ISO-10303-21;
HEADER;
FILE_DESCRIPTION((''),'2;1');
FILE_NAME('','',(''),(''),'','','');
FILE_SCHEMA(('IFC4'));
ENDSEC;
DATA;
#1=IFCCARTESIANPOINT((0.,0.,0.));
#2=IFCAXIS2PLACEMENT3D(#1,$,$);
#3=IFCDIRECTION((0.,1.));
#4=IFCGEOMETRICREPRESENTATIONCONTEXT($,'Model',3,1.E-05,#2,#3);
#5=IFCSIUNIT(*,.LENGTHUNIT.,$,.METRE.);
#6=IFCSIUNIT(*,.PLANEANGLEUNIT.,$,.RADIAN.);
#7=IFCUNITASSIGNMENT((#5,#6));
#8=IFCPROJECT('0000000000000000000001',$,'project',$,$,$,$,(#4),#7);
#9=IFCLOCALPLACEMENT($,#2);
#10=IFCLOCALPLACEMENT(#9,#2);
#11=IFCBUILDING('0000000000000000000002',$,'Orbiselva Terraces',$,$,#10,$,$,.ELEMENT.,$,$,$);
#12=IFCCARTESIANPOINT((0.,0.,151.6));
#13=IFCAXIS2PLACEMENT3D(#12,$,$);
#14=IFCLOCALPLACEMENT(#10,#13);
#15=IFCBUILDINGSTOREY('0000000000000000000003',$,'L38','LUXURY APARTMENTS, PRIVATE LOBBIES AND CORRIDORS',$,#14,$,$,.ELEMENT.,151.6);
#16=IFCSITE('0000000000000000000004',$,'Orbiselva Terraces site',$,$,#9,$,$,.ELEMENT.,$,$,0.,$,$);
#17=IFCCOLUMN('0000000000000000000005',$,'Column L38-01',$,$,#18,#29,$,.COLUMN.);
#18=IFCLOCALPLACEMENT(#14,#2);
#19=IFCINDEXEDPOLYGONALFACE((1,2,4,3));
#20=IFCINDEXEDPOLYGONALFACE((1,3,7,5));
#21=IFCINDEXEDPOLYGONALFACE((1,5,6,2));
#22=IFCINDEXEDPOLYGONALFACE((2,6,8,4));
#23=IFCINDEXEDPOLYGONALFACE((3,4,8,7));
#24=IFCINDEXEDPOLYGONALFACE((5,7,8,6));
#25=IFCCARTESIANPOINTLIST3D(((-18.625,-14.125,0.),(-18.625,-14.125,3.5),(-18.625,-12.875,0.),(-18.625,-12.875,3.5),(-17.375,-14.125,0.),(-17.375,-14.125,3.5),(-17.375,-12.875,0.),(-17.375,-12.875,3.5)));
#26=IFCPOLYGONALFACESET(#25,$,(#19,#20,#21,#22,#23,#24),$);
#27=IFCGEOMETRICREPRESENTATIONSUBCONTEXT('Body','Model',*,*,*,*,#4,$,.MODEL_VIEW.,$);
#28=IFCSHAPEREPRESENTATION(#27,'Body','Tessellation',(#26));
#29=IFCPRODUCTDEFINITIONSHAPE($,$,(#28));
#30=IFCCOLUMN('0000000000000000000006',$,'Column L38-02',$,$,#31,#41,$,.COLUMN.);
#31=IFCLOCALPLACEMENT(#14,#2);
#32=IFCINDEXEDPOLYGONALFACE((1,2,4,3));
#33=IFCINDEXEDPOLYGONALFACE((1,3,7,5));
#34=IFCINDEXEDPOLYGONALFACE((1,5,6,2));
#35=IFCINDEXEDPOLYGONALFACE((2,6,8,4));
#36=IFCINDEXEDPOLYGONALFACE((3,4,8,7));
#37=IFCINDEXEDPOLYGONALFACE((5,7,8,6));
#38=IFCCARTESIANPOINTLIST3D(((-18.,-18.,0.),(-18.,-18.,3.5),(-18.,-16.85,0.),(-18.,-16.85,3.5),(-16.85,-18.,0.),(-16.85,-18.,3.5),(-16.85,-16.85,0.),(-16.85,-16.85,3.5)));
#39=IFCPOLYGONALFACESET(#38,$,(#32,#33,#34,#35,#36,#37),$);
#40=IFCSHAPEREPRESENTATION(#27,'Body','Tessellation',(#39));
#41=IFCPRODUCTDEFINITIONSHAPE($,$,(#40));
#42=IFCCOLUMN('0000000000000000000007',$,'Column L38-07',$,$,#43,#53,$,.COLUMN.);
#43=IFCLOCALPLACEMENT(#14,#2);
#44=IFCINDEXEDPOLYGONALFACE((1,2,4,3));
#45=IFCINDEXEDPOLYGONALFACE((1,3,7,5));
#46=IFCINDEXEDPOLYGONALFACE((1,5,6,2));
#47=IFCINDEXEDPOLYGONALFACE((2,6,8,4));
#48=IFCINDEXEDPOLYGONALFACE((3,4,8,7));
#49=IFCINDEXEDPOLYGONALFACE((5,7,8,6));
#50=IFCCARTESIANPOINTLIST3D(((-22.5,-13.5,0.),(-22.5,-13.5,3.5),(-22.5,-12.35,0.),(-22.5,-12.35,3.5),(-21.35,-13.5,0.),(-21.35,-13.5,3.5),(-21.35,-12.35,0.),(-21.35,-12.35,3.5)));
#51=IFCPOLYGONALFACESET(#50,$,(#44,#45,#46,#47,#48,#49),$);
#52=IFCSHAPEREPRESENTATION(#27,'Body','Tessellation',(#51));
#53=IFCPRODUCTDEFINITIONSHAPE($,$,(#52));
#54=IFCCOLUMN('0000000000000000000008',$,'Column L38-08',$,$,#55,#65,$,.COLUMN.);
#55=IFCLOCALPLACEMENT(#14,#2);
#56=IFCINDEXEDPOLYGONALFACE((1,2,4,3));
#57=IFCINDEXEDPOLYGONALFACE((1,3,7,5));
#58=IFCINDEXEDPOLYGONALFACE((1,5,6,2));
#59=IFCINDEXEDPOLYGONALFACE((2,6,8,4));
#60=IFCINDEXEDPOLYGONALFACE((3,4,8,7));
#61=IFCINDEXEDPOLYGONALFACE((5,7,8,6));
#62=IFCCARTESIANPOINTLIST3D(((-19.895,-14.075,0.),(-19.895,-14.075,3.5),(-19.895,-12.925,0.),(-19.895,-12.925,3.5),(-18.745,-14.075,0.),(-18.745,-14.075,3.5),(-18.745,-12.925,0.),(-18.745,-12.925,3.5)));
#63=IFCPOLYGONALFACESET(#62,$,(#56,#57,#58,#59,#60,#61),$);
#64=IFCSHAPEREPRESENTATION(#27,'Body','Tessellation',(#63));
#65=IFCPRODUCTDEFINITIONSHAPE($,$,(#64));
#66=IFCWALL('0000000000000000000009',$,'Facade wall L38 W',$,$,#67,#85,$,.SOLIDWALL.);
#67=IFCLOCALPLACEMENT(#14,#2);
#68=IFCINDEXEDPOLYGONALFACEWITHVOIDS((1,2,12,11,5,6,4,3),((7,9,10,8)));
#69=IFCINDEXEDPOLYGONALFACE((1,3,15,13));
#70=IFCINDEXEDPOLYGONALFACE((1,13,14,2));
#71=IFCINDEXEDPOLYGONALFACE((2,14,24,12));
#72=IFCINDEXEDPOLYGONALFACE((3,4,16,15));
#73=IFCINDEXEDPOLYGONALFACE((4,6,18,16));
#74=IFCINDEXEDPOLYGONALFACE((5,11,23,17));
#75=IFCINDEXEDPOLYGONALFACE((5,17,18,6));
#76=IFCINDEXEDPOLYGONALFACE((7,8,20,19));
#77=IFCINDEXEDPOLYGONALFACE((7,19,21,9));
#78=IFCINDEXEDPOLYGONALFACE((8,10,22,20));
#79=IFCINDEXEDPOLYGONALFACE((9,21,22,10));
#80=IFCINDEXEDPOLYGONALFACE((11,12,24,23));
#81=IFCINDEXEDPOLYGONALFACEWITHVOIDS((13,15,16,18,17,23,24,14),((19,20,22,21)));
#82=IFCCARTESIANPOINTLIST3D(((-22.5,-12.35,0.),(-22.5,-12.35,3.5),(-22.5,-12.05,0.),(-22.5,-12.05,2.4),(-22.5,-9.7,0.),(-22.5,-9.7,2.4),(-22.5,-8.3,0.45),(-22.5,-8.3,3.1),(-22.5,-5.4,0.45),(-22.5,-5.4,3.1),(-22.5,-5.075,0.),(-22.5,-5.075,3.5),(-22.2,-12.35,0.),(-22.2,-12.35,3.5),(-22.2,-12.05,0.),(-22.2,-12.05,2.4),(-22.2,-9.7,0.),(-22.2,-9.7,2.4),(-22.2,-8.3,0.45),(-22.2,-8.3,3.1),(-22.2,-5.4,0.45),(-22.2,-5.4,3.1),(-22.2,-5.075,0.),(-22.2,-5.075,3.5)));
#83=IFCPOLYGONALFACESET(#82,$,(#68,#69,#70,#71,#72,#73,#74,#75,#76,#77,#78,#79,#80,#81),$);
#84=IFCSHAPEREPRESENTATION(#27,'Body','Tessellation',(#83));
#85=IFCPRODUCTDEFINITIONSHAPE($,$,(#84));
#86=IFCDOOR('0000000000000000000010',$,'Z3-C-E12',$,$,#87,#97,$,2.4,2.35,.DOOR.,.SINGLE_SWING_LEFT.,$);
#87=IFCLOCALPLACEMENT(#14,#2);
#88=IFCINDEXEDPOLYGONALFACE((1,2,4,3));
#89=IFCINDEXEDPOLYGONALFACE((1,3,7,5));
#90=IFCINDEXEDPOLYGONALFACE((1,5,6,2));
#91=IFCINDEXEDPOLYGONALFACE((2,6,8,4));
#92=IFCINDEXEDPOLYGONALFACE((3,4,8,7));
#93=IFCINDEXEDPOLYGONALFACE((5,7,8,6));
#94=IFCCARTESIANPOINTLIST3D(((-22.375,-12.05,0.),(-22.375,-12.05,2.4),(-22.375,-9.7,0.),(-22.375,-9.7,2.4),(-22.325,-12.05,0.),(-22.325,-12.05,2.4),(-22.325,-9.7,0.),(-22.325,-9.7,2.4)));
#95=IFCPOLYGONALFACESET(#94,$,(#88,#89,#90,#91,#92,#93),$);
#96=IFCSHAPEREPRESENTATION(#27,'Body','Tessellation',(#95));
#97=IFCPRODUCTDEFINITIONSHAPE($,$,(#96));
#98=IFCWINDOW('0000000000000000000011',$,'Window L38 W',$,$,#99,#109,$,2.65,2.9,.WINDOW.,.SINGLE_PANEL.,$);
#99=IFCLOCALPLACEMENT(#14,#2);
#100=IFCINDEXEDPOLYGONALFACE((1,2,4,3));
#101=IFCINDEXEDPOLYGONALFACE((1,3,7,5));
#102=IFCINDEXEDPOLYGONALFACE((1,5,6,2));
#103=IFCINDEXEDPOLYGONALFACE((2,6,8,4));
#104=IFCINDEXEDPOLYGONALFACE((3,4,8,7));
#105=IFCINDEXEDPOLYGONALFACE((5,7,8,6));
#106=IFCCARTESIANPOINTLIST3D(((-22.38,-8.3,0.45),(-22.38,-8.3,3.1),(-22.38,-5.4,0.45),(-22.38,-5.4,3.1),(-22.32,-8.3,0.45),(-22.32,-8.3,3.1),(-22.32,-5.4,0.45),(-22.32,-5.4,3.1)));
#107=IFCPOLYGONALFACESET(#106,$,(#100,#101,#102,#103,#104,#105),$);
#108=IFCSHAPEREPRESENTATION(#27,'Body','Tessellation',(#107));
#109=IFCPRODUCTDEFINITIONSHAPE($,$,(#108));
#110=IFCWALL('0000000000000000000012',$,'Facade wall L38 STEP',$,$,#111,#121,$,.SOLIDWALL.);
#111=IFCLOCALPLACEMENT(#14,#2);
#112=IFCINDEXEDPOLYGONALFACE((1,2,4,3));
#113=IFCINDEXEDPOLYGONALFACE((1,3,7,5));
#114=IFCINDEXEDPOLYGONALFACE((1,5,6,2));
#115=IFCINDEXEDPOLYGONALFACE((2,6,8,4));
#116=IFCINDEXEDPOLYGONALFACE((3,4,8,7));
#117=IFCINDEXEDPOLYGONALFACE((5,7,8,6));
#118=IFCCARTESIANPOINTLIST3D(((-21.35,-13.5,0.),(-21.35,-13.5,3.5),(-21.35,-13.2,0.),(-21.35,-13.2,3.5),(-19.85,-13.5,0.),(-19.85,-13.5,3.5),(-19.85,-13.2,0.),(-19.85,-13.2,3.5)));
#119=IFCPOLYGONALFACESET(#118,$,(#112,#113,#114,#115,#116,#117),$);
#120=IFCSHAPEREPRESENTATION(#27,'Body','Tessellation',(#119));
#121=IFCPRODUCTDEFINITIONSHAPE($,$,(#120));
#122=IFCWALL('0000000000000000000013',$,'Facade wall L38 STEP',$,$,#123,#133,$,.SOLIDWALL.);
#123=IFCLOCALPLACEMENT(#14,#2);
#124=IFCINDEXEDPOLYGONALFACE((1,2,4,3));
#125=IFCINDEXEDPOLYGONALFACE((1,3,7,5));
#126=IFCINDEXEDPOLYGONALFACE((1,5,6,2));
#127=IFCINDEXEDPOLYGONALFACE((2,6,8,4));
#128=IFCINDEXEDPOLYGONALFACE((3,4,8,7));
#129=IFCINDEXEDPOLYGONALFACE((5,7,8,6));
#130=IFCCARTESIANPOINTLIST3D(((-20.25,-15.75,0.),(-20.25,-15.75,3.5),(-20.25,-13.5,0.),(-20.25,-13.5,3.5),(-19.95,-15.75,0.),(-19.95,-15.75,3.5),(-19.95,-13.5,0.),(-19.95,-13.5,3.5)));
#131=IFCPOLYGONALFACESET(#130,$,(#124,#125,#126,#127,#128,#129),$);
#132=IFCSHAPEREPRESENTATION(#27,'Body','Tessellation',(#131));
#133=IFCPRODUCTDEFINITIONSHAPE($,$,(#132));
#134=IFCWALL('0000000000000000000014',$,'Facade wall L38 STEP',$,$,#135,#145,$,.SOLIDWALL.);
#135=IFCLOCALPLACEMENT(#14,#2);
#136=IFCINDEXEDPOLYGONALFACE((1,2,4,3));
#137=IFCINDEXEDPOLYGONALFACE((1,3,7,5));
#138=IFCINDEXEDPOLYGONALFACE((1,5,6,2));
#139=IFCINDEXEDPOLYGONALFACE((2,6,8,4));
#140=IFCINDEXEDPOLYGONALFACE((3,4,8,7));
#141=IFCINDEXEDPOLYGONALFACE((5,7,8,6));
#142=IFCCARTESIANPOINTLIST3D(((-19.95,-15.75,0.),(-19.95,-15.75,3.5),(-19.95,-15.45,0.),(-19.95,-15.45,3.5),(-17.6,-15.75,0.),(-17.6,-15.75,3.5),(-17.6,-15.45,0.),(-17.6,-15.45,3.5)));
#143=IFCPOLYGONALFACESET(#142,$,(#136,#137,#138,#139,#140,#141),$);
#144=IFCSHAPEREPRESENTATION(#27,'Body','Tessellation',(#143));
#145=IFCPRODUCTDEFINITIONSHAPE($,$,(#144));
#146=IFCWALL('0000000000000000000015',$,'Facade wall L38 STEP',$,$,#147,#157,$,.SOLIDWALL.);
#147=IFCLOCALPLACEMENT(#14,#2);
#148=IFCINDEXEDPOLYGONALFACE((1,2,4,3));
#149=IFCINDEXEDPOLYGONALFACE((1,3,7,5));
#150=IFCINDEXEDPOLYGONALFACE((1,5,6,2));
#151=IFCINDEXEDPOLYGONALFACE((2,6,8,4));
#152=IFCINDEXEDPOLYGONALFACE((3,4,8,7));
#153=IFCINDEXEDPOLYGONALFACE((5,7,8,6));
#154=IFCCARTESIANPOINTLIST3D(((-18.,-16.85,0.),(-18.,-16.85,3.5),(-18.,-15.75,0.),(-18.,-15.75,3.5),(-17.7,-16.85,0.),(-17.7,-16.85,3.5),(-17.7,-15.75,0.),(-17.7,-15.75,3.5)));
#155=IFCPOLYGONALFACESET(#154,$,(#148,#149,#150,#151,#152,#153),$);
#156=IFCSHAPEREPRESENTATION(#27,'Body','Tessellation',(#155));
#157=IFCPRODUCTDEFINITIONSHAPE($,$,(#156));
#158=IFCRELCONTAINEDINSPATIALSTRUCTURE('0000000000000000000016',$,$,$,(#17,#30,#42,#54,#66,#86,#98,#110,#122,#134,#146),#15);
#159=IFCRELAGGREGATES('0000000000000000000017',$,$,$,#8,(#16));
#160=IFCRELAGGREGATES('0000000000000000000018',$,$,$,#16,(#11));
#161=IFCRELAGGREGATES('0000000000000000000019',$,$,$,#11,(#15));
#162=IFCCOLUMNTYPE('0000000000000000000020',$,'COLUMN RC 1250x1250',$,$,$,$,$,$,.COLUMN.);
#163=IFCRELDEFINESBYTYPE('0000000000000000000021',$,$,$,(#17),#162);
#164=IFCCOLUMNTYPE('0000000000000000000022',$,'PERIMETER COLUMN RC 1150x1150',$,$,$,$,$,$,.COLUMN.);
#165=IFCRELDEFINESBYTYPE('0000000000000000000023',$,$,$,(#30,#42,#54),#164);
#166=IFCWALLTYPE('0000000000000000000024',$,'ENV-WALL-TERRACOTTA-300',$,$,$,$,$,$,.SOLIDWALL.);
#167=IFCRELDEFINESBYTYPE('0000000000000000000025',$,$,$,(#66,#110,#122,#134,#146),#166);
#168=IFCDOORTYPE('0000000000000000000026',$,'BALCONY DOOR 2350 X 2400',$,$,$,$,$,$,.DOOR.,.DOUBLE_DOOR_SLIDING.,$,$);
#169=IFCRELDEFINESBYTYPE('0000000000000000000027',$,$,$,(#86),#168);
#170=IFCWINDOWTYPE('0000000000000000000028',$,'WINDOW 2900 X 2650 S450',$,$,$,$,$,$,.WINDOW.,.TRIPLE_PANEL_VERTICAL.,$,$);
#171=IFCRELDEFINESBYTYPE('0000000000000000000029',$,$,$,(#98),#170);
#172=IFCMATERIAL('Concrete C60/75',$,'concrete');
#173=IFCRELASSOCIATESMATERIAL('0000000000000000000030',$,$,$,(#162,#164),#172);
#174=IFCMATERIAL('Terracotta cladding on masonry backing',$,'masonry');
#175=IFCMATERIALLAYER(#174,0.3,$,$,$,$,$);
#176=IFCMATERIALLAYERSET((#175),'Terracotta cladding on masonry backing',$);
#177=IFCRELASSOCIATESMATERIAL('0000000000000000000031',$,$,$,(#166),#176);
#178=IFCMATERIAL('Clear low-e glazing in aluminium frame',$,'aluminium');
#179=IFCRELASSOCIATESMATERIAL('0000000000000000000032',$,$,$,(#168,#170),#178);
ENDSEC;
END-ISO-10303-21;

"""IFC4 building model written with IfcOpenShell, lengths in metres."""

from ifc_helpers import new_model, si_unit, direction, frame, frame_2d, origin, origin_2d, place, context, subcontext, project, spatial, rectangle, extrude, material, layer, layer_set, material_profile, profile_set, type_object, element, fill, save


model = new_model("IFC4")

# Units and contexts
model_context = context("Model", 3, precision=1e-05, world=origin(), true_north=direction((0.0, 1.0)))
body_context = subcontext(model_context, "Body", "Model", "MODEL_VIEW")
ifc_project = project(units=[si_unit("LENGTHUNIT", "METRE"), si_unit("PLANEANGLEUNIT", "RADIAN")], contexts=[model_context])

# Site, building, storey
site_placement = place(None, origin())
site = spatial("IfcSite", under=ifc_project, at=site_placement, Name="Orbiselva Terraces site", CompositionType="ELEMENT", RefElevation=0.0)
building_placement = place(site_placement, origin())
building = spatial("IfcBuilding", under=site, at=building_placement, Name="Orbiselva Terraces", CompositionType="ELEMENT")
storey_placement = place(building_placement, frame((0.0, 0.0, 151.6)))
storey = spatial("IfcBuildingStorey", under=building, at=storey_placement, Name="L38", Description="LUXURY APARTMENTS, PRIVATE LOBBIES AND CORRIDORS", CompositionType="ELEMENT", Elevation=151.6)

# Columns
ifc_material_1 = material(Name="Concrete C60/75", Category="concrete")
ifc_material_profile_1 = material_profile(ifc_material_1, rectangle(XDim=1.25, YDim=1.25, at=origin_2d()), Name="RC 1250x1250")
ifc_profile_set_1 = profile_set([ifc_material_profile_1], Name="Concrete C60/75")
column_type_1 = type_object("IfcColumnType", Name="COLUMN RC 1250x1250", PredefinedType="COLUMN", material=ifc_profile_set_1)
column_placement = place(storey_placement, frame((-18.0, -13.5, 0.0), z_axis=(0.0, 0.0, 1.0), x_axis=(1.0, 0.0, 0.0)))
element("IfcColumn", 1, at=column_placement, inside=storey, type_object=column_type_1, Name="Column L38-01", PredefinedType="COLUMN", context=body_context, shape_type="SweptSolid", body=[
    extrude(rectangle(XDim=1.25, YDim=1.25, at=origin_2d()), origin(), (0.0, 0.0, 1.0), 3.5),
])
ifc_material_profile_2 = material_profile(ifc_material_1, rectangle(XDim=1.15, YDim=1.15, at=origin_2d()), Name="RC 1150x1150")
ifc_profile_set_2 = profile_set([ifc_material_profile_2], Name="Concrete C60/75")
column_type_2 = type_object("IfcColumnType", Name="PERIMETER COLUMN RC 1150x1150", PredefinedType="COLUMN", material=ifc_profile_set_2)
for number, where, z_axis, x_axis, name in (
    (2, (-17.425, -17.425, 0.0), (0.0, 0.0, 1.0), (1.0, 0.0, 0.0), "Column L38-02"),
    (3, (-21.925, -12.925, 0.0), (0.0, 0.0, 1.0), (1.0, 0.0, 0.0), "Column L38-07"),
    (4, (-19.32, -13.5, 0.0), (0.0, 0.0, 1.0), (1.0, 0.0, 0.0), "Column L38-08"),
):
    element("IfcColumn", number, at=place(storey_placement, frame(where, z_axis=z_axis, x_axis=x_axis)), inside=storey, type_object=column_type_2, Name=name, PredefinedType="COLUMN", context=body_context, shape_type="SweptSolid", body=[
        extrude(rectangle(XDim=1.15, YDim=1.15, at=origin_2d()), origin(), (0.0, 0.0, 1.0), 3.5),
    ])

# Wall, openings, door, window
ifc_material_2 = material(Name="Terracotta cladding on masonry backing", Category="masonry")
ifc_layer_1 = layer(ifc_material_2, 0.3)
ifc_layer_set_1 = layer_set([ifc_layer_1], Name="Terracotta cladding on masonry backing")
wall_type_1 = type_object("IfcWallType", Name="ENV-WALL-TERRACOTTA-300", PredefinedType="SOLIDWALL", material=ifc_layer_set_1)
wall_1_placement = place(storey_placement, frame((-22.35, -12.35, 0.0), z_axis=(0.0, 0.0, 1.0), x_axis=(0.0, 1.0, 0.0)))
wall_1 = element("IfcWall", 5, at=wall_1_placement, inside=storey, type_object=wall_type_1, Name="Facade wall L38 W", PredefinedType="SOLIDWALL", context=body_context, shape_type="SweptSolid", body=[
    extrude(rectangle(XDim=7.275, YDim=0.3, at=frame_2d((3.6375, 0.0))), origin(), (0.0, 0.0, 1.0), 3.5),
])
opening_1_placement = place(wall_1_placement, frame((4.05, 0.0, 0.45)))
opening_1 = element("IfcOpeningElement", 6, at=opening_1_placement, cuts=wall_1, PredefinedType="OPENING", context=body_context, shape_type="SweptSolid", body=[
    extrude(rectangle(XDim=2.9, YDim=2.65, at=frame_2d((1.45, 1.325))), frame((0.0, 0.16, 0.0), z_axis=(0.0, -1.0, 0.0), x_axis=(1.0, 0.0, 0.0)), (0.0, 0.0, 1.0), 0.32),
])
opening_2_placement = place(wall_1_placement, frame((0.3, 0.0, 0.0)))
opening_2 = element("IfcOpeningElement", 7, at=opening_2_placement, cuts=wall_1, PredefinedType="OPENING", context=body_context, shape_type="SweptSolid", body=[
    extrude(rectangle(XDim=2.35, YDim=2.4, at=frame_2d((1.175, 1.2))), frame((0.0, 0.16, 0.0), z_axis=(0.0, -1.0, 0.0), x_axis=(1.0, 0.0, 0.0)), (0.0, 0.0, 1.0), 0.32),
])
ifc_material_3 = material(Name="Clear low-e glazing in aluminium frame", Category="aluminium")
door_type_1 = type_object("IfcDoorType", Name="BALCONY DOOR 2350 X 2400", OperationType="DOUBLE_DOOR_SLIDING", PredefinedType="DOOR", material=ifc_material_3)
door_1_placement = place(opening_2_placement, origin())
door_1 = element("IfcDoor", 8, at=door_1_placement, inside=storey, type_object=door_type_1, Name="Z3-C-E12", OperationType="SINGLE_SWING_LEFT", OverallHeight=2.4, OverallWidth=2.35, PredefinedType="DOOR", context=body_context, shape_type="SweptSolid", body=[
    extrude(rectangle(XDim=2.35, YDim=2.4, at=frame_2d((1.175, 1.2))), frame((0.0, 0.025, 0.0), z_axis=(0.0, -1.0, 0.0), x_axis=(1.0, 0.0, 0.0)), (0.0, 0.0, 1.0), 0.05),
])
fill(opening_2, door_1)
window_type = type_object("IfcWindowType", Name="WINDOW 2900 X 2650 S450", PartitioningType="TRIPLE_PANEL_VERTICAL", PredefinedType="WINDOW", material=ifc_material_3)
window_placement = place(opening_1_placement, origin())
window = element("IfcWindow", 9, at=window_placement, inside=storey, type_object=window_type, Name="Window L38 W", OverallHeight=2.65, OverallWidth=2.9, PartitioningType="SINGLE_PANEL", PredefinedType="WINDOW", context=body_context, shape_type="SweptSolid", body=[
    extrude(rectangle(XDim=2.9, YDim=2.65, at=frame_2d((1.45, 1.325))), frame((0.0, 0.03, 0.0), z_axis=(0.0, -1.0, 0.0), x_axis=(1.0, 0.0, 0.0)), (0.0, 0.0, 1.0), 0.06),
])
fill(opening_1, window)

# Walls
wall_2_placement = place(storey_placement, frame((-19.85, -13.35, 0.0), z_axis=(0.0, 0.0, 1.0), x_axis=(-1.0, 0.0, 0.0)))
element("IfcWall", 10, at=wall_2_placement, inside=storey, type_object=wall_type_1, Name="Facade wall L38 STEP", PredefinedType="SOLIDWALL", context=body_context, shape_type="SweptSolid", body=[
    extrude(rectangle(XDim=1.5, YDim=0.3, at=frame_2d((0.75, 0.0))), origin(), (0.0, 0.0, 1.0), 3.5),
])
wall_3_placement = place(storey_placement, frame((-20.1, -15.75, 0.0), z_axis=(0.0, 0.0, 1.0), x_axis=(0.0, 1.0, 0.0)))
element("IfcWall", 11, at=wall_3_placement, inside=storey, type_object=wall_type_1, Name="Facade wall L38 STEP", PredefinedType="SOLIDWALL", context=body_context, shape_type="SweptSolid", body=[
    extrude(rectangle(XDim=2.25, YDim=0.3, at=frame_2d((1.125, 0.0))), origin(), (0.0, 0.0, 1.0), 3.5),
])
wall_4_placement = place(storey_placement, frame((-17.6, -15.6, 0.0), z_axis=(0.0, 0.0, 1.0), x_axis=(-1.0, 0.0, 0.0)))
element("IfcWall", 12, at=wall_4_placement, inside=storey, type_object=wall_type_1, Name="Facade wall L38 STEP", PredefinedType="SOLIDWALL", context=body_context, shape_type="SweptSolid", body=[
    extrude(rectangle(XDim=2.35, YDim=0.3, at=frame_2d((1.175, 0.0))), origin(), (0.0, 0.0, 1.0), 3.5),
])
wall_5_placement = place(storey_placement, frame((-17.85, -16.85, 0.0), z_axis=(0.0, 0.0, 1.0), x_axis=(0.0, 1.0, 0.0)))
element("IfcWall", 13, at=wall_5_placement, inside=storey, type_object=wall_type_1, Name="Facade wall L38 STEP", PredefinedType="SOLIDWALL", context=body_context, shape_type="SweptSolid", body=[
    extrude(rectangle(XDim=1.1, YDim=0.3, at=frame_2d((0.55, 0.0))), origin(), (0.0, 0.0, 1.0), 3.5),
])

save(model, "model.ifc")
